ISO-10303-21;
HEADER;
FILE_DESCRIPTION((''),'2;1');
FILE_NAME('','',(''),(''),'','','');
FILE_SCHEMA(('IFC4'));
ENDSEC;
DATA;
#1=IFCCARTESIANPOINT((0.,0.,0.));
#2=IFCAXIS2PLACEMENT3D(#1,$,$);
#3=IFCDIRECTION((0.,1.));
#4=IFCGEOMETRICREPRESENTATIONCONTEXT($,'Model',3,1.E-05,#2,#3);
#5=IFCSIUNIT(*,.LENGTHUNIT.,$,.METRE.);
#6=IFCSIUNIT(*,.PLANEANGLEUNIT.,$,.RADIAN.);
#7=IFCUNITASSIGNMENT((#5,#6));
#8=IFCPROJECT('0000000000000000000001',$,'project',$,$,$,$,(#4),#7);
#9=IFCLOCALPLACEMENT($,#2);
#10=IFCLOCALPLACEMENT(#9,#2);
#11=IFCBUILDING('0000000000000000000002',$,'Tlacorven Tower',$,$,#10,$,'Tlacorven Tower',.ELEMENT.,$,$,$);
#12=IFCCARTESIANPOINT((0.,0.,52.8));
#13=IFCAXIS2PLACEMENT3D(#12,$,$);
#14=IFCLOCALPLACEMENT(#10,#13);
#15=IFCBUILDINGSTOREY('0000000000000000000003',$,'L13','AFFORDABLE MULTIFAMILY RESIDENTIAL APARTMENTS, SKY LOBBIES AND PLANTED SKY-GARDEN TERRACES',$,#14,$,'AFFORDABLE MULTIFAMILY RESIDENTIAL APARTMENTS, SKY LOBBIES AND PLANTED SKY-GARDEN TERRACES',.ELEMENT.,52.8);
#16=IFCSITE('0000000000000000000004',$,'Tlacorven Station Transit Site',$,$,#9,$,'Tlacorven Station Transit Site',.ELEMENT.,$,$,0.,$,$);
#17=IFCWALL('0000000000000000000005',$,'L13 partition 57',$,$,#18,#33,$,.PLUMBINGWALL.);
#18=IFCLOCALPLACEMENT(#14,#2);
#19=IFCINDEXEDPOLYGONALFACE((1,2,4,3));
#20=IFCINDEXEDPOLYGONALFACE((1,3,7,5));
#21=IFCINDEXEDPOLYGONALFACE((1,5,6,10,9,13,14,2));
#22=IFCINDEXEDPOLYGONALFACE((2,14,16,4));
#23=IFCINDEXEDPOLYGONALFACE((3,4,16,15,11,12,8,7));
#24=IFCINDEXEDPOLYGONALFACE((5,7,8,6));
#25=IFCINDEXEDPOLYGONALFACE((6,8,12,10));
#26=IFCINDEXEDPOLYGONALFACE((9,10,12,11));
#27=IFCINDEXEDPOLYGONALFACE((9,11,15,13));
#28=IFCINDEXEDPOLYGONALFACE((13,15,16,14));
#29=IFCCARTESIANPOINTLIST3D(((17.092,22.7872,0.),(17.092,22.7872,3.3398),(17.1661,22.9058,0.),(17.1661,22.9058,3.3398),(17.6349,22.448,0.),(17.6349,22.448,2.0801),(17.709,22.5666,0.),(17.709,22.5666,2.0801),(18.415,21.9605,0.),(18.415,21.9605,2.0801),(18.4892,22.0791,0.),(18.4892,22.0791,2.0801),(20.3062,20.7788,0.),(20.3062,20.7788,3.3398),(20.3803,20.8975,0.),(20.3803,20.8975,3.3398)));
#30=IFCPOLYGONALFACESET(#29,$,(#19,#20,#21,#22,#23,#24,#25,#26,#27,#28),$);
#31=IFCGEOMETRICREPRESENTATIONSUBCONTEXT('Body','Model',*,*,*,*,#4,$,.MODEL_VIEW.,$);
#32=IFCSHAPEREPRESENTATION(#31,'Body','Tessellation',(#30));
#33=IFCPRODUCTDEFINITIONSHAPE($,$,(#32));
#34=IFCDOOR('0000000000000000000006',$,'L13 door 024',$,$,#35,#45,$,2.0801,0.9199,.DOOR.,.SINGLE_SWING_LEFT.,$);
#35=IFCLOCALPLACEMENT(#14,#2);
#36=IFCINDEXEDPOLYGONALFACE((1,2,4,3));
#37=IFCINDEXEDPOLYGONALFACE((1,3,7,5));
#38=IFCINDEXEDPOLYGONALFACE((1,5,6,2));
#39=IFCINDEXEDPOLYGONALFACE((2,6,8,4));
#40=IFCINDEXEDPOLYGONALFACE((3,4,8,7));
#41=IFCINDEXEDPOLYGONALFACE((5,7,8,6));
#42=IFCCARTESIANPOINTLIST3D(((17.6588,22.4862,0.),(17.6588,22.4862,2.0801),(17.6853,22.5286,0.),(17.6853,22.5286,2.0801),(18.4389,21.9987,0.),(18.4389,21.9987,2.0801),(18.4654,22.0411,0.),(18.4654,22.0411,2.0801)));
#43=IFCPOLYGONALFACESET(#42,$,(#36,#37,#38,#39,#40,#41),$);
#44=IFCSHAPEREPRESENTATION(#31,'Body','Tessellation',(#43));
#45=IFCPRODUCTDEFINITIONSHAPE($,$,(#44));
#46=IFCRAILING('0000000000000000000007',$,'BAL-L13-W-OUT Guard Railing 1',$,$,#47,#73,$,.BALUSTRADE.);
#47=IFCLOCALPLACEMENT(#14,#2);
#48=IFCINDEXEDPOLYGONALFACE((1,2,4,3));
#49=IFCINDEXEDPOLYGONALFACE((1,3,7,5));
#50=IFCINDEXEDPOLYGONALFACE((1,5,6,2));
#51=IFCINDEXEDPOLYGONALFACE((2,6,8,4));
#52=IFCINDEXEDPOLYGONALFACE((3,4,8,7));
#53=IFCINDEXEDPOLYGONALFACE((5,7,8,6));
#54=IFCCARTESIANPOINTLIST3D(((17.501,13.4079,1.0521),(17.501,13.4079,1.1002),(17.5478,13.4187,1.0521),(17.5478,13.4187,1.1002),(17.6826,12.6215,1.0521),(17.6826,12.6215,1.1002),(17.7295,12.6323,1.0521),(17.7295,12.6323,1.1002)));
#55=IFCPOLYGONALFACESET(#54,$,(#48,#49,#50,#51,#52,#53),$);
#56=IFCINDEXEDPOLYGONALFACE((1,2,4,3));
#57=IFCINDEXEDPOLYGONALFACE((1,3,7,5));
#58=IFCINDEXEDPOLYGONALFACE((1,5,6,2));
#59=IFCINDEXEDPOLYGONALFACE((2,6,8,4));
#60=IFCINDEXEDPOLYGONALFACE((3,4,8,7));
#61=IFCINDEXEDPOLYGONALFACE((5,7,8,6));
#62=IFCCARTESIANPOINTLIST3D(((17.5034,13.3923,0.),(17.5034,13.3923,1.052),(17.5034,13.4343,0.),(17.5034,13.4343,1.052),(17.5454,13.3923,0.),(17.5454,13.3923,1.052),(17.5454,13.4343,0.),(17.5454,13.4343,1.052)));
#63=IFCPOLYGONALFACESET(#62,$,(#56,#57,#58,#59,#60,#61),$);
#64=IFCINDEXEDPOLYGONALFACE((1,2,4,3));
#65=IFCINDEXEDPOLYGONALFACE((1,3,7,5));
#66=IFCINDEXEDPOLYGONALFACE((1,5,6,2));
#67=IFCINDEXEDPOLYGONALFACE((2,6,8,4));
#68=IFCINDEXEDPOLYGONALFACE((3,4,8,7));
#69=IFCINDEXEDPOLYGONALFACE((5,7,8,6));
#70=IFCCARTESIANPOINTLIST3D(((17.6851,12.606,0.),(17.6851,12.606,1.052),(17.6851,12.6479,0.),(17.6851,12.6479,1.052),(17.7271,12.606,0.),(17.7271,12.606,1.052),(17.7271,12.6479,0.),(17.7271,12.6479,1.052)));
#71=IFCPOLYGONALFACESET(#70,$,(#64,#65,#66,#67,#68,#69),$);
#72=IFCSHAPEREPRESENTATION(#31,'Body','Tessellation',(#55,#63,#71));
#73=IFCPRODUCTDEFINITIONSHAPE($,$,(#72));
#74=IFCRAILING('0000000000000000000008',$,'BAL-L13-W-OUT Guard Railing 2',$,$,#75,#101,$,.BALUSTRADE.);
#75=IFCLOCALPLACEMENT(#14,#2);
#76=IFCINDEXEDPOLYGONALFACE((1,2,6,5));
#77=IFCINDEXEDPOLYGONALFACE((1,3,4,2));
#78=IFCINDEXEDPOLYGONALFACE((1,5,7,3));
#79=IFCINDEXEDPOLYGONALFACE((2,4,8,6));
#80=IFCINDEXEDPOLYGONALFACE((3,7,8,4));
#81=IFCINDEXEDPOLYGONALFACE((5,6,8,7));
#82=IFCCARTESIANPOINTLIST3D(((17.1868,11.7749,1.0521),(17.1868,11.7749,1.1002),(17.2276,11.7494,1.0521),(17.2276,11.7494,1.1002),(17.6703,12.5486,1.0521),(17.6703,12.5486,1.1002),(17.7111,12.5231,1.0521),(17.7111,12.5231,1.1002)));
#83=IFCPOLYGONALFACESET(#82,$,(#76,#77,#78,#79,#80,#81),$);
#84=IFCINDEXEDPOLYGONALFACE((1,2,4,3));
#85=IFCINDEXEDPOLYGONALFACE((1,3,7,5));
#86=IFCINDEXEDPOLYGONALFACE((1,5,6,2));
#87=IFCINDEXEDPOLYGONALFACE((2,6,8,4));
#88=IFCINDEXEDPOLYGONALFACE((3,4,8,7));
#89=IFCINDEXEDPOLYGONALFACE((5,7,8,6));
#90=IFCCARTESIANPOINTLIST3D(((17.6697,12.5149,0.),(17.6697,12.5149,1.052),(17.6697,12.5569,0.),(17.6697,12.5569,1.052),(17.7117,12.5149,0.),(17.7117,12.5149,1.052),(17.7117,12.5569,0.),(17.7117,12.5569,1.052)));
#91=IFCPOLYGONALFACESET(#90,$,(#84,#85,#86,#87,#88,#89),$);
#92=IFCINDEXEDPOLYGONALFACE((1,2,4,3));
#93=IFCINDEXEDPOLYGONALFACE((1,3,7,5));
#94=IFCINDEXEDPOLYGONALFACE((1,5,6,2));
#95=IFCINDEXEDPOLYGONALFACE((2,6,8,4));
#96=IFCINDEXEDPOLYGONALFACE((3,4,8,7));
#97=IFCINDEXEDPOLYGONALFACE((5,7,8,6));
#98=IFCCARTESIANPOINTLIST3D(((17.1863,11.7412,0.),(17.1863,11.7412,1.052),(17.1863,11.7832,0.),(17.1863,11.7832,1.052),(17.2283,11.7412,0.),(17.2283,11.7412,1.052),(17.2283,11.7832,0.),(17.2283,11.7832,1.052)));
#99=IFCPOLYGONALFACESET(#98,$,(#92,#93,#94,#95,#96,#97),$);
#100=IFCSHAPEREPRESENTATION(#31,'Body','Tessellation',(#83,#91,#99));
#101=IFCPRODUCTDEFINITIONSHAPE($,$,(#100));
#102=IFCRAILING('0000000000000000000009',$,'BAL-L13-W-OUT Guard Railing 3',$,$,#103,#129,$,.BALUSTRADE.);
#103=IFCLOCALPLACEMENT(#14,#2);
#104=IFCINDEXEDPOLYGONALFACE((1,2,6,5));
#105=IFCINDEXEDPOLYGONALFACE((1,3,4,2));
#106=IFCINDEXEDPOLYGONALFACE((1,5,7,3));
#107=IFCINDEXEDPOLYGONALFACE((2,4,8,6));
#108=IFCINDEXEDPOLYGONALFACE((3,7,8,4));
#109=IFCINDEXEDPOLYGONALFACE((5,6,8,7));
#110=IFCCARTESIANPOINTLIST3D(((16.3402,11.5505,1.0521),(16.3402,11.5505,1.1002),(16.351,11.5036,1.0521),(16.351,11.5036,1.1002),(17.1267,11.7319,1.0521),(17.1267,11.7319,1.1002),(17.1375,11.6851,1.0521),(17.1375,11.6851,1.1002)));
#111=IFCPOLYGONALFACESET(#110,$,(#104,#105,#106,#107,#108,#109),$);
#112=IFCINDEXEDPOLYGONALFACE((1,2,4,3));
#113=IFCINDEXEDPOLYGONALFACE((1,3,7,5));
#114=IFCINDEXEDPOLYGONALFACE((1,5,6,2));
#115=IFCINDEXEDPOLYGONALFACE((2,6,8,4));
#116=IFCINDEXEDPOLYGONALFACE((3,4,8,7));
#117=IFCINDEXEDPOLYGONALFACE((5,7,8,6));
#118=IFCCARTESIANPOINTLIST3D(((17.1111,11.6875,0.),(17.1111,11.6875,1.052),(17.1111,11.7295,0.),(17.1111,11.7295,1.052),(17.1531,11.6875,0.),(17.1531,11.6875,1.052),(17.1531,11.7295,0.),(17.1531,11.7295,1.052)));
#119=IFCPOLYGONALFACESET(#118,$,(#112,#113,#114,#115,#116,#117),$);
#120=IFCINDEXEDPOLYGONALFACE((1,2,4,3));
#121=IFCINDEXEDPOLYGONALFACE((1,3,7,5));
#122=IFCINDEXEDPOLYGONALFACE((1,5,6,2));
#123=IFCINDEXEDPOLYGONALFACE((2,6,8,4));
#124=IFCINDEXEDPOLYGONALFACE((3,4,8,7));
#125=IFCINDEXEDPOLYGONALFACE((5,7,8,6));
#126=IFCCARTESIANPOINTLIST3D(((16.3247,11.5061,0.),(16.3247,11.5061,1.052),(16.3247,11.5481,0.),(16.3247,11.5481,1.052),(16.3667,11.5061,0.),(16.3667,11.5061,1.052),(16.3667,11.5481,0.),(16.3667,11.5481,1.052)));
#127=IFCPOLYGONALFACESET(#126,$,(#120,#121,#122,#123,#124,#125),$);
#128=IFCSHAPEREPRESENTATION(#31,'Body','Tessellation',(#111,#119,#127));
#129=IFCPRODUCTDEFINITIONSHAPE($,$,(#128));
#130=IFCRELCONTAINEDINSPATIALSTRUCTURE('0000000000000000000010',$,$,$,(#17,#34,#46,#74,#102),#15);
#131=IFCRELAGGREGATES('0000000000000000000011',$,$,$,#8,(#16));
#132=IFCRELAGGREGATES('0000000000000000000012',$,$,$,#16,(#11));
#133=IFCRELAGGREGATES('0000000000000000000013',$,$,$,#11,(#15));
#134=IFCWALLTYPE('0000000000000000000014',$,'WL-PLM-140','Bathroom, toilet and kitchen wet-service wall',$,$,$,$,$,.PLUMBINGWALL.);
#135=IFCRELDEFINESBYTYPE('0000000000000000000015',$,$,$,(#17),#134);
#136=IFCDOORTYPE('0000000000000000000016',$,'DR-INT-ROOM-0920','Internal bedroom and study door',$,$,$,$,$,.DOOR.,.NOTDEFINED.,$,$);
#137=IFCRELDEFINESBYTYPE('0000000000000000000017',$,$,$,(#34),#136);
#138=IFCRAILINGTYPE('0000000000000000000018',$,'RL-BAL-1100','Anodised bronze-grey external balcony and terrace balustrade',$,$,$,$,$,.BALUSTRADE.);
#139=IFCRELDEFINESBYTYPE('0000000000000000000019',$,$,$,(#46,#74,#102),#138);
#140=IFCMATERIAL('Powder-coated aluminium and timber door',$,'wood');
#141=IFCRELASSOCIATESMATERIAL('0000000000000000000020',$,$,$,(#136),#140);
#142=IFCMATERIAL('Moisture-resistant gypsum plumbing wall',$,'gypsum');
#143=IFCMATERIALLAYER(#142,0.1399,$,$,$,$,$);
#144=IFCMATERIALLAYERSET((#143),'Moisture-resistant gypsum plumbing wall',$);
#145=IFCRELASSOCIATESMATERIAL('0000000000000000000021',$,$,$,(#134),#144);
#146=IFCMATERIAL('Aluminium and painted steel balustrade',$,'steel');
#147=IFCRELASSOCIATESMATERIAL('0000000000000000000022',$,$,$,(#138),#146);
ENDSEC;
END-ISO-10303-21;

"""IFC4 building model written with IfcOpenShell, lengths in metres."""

from ifc_helpers import new_model, si_unit, direction, frame, frame_2d, origin, origin_2d, place, context, subcontext, project, spatial, rectangle, extrude, source, transform, mapped, material, layer, layer_set, type_object, element, fill, save


model = new_model("IFC4")

# Units and contexts
model_context = context("Model", 3, precision=1e-05, world=origin(), true_north=direction((0.0, 1.0)))
body_context = subcontext(model_context, "Body", "Model", "MODEL_VIEW")
ifc_project = project(units=[si_unit("LENGTHUNIT", "METRE"), si_unit("PLANEANGLEUNIT", "RADIAN")], contexts=[model_context])

# Site, building, storey
site_placement = place(None, origin())
site = spatial("IfcSite", under=ifc_project, at=site_placement, Name="Tlacorven Station Transit Site", LongName="Tlacorven Station Transit Site", CompositionType="ELEMENT", RefElevation=0.0)
building_placement = place(site_placement, origin())
building = spatial("IfcBuilding", under=site, at=building_placement, Name="Tlacorven Tower", LongName="Tlacorven Tower", CompositionType="ELEMENT")
storey_placement = place(building_placement, frame((0.0, 0.0, 52.8)))
storey = spatial("IfcBuildingStorey", under=building, at=storey_placement, Name="L13", Description="AFFORDABLE MULTIFAMILY RESIDENTIAL APARTMENTS, SKY LOBBIES AND PLANTED SKY-GARDEN TERRACES", LongName="AFFORDABLE MULTIFAMILY RESIDENTIAL APARTMENTS, SKY LOBBIES AND PLANTED SKY-GARDEN TERRACES", CompositionType="ELEMENT", Elevation=52.8)

# Wall, opening, door
ifc_material_1 = material(Name="Powder-coated aluminium and timber door", Category="wood")
door_type = type_object("IfcDoorType", Name="DR-INT-ROOM-0920", Description="Internal bedroom and study door", OperationType="NOTDEFINED", PredefinedType="DOOR", material=ifc_material_1)
shared_shape_1 = source(origin(), body_context, "Body", "SweptSolid", [
    extrude(rectangle(XDim=0.9199, YDim=2.0801, at=frame_2d((0.46, 1.04))), frame((0.0, 0.0249, 0.0), z_axis=(0.0, -1.0, 0.0), x_axis=(1.0, 0.0, 0.0)), (0.0, 0.0, 1.0), 0.05),
])
ifc_material_2 = material(Name="Moisture-resistant gypsum plumbing wall", Category="gypsum")
ifc_layer_1 = layer(ifc_material_2, 0.1399)
ifc_layer_set_1 = layer_set([ifc_layer_1], Name="Moisture-resistant gypsum plumbing wall")
wall_type_1 = type_object("IfcWallType", Name="WL-PLM-140", Description="Bathroom, toilet and kitchen wet-service wall", PredefinedType="PLUMBINGWALL", material=ifc_layer_set_1)
wall_1_placement = place(storey_placement, frame((20.3433, 20.8381, 0.0), z_axis=(0.0, 0.0, 1.0), x_axis=(-0.84806, 0.529901, 0.0)))
wall_1 = element("IfcWall", 1, at=wall_1_placement, inside=storey, type_object=wall_type_1, Name="L13 partition 57", PredefinedType="PLUMBINGWALL", context=body_context, shape_type="SweptSolid", body=[
    extrude(rectangle(XDim=3.79, YDim=0.1399, at=frame_2d((1.895, 0.0))), origin(), (0.0, 0.0, 1.0), 3.3398),
])
opening_1_placement = place(wall_1_placement, frame((2.23, 0.0, 0.0)))
opening_1 = element("IfcOpeningElement", 2, at=opening_1_placement, cuts=wall_1, PredefinedType="OPENING", context=body_context, shape_type="SweptSolid", body=[
    extrude(rectangle(XDim=0.9199, YDim=2.0801, at=frame_2d((0.46, 1.04))), frame((0.0, 0.0801, 0.0), z_axis=(0.0, -1.0, 0.0), x_axis=(1.0, 0.0, 0.0)), (0.0, 0.0, 1.0), 0.1599),
])
door_1_placement = place(opening_1_placement, origin())
door_1 = element("IfcDoor", 3, at=door_1_placement, inside=storey, type_object=door_type, Name="L13 door 024", OperationType="SINGLE_SWING_LEFT", OverallHeight=2.0801, OverallWidth=0.9199, PredefinedType="DOOR", context=body_context, shape_type="MappedRepresentation", body=[
    mapped(shared_shape_1, transform((0.0, 0.0, 0.0), scale=1.0)),
])
fill(opening_1, door_1)

# Railings
ifc_material_3 = material(Name="Aluminium and painted steel balustrade", Category="steel")
railing_type = type_object("IfcRailingType", Name="RL-BAL-1100", Description="Anodised bronze-grey external balcony and terrace balustrade", PredefinedType="BALUSTRADE", material=ifc_material_3)
shared_shape_2 = source(origin(), body_context, "Body", "SweptSolid", [
    extrude(rectangle(XDim=0.0481, YDim=0.0481, at=origin_2d()), frame((0.0, 0.0, 1.0762), z_axis=(0.225058, -0.974345, 0.0), x_axis=(0.974345, 0.225058, 0.0)), (0.0, 0.0, 1.0), 0.8071),
    extrude(rectangle(XDim=0.042, YDim=0.042, at=origin_2d()), origin(), (0.0, 0.0, 1.0), 1.052),
    extrude(rectangle(XDim=0.042, YDim=0.042, at=origin_2d()), frame((0.1816, -0.7864, 0.0)), (0.0, 0.0, 1.0), 1.052),
])
railing_1_placement = place(storey_placement, frame((17.5244, 13.4133, 0.0)))
element("IfcRailing", 4, at=railing_1_placement, inside=storey, type_object=railing_type, Name="BAL-L13-W-OUT Guard Railing 1", PredefinedType="BALUSTRADE", context=body_context, shape_type="MappedRepresentation", body=[
    mapped(shared_shape_2, transform((0.0, 0.0, 0.0), scale=1.0)),
])
shared_shape_3 = source(origin(), body_context, "Body", "SweptSolid", [
    extrude(rectangle(XDim=0.0481, YDim=0.0481, at=origin_2d()), frame((0.0, 0.0, 1.0762), z_axis=(-0.529879, -0.848073, 0.0), x_axis=(0.848073, -0.529879, 0.0)), (0.0, 0.0, 1.0), 0.9124),
    extrude(rectangle(XDim=0.042, YDim=0.042, at=origin_2d()), origin(), (0.0, 0.0, 1.0), 1.052),
    extrude(rectangle(XDim=0.042, YDim=0.042, at=origin_2d()), frame((-0.4834, -0.7737, 0.0)), (0.0, 0.0, 1.0), 1.052),
])
railing_2_placement = place(storey_placement, frame((17.6907, 12.5359, 0.0)))
element("IfcRailing", 5, at=railing_2_placement, inside=storey, type_object=railing_type, Name="BAL-L13-W-OUT Guard Railing 2", PredefinedType="BALUSTRADE", context=body_context, shape_type="MappedRepresentation", body=[
    mapped(shared_shape_3, transform((0.0, 0.0, 0.0), scale=1.0)),
])
shared_shape_4 = source(origin(), body_context, "Body", "SweptSolid", [
    extrude(rectangle(XDim=0.0481, YDim=0.0481, at=origin_2d()), frame((0.0, 0.0, 1.0762), z_axis=(-0.974412, -0.224771, 0.0), x_axis=(0.224771, -0.974412, 0.0)), (0.0, 0.0, 1.0), 0.8071),
    extrude(rectangle(XDim=0.042, YDim=0.042, at=origin_2d()), origin(), (0.0, 0.0, 1.0), 1.052),
    extrude(rectangle(XDim=0.042, YDim=0.042, at=origin_2d()), frame((-0.7864, -0.1814, 0.0)), (0.0, 0.0, 1.0), 1.052),
])
railing_3_placement = place(storey_placement, frame((17.1321, 11.7085, 0.0)))
element("IfcRailing", 6, at=railing_3_placement, inside=storey, type_object=railing_type, Name="BAL-L13-W-OUT Guard Railing 3", PredefinedType="BALUSTRADE", context=body_context, shape_type="MappedRepresentation", body=[
    mapped(shared_shape_4, transform((0.0, 0.0, 0.0), scale=1.0)),
])

save(model, "model.ifc")
